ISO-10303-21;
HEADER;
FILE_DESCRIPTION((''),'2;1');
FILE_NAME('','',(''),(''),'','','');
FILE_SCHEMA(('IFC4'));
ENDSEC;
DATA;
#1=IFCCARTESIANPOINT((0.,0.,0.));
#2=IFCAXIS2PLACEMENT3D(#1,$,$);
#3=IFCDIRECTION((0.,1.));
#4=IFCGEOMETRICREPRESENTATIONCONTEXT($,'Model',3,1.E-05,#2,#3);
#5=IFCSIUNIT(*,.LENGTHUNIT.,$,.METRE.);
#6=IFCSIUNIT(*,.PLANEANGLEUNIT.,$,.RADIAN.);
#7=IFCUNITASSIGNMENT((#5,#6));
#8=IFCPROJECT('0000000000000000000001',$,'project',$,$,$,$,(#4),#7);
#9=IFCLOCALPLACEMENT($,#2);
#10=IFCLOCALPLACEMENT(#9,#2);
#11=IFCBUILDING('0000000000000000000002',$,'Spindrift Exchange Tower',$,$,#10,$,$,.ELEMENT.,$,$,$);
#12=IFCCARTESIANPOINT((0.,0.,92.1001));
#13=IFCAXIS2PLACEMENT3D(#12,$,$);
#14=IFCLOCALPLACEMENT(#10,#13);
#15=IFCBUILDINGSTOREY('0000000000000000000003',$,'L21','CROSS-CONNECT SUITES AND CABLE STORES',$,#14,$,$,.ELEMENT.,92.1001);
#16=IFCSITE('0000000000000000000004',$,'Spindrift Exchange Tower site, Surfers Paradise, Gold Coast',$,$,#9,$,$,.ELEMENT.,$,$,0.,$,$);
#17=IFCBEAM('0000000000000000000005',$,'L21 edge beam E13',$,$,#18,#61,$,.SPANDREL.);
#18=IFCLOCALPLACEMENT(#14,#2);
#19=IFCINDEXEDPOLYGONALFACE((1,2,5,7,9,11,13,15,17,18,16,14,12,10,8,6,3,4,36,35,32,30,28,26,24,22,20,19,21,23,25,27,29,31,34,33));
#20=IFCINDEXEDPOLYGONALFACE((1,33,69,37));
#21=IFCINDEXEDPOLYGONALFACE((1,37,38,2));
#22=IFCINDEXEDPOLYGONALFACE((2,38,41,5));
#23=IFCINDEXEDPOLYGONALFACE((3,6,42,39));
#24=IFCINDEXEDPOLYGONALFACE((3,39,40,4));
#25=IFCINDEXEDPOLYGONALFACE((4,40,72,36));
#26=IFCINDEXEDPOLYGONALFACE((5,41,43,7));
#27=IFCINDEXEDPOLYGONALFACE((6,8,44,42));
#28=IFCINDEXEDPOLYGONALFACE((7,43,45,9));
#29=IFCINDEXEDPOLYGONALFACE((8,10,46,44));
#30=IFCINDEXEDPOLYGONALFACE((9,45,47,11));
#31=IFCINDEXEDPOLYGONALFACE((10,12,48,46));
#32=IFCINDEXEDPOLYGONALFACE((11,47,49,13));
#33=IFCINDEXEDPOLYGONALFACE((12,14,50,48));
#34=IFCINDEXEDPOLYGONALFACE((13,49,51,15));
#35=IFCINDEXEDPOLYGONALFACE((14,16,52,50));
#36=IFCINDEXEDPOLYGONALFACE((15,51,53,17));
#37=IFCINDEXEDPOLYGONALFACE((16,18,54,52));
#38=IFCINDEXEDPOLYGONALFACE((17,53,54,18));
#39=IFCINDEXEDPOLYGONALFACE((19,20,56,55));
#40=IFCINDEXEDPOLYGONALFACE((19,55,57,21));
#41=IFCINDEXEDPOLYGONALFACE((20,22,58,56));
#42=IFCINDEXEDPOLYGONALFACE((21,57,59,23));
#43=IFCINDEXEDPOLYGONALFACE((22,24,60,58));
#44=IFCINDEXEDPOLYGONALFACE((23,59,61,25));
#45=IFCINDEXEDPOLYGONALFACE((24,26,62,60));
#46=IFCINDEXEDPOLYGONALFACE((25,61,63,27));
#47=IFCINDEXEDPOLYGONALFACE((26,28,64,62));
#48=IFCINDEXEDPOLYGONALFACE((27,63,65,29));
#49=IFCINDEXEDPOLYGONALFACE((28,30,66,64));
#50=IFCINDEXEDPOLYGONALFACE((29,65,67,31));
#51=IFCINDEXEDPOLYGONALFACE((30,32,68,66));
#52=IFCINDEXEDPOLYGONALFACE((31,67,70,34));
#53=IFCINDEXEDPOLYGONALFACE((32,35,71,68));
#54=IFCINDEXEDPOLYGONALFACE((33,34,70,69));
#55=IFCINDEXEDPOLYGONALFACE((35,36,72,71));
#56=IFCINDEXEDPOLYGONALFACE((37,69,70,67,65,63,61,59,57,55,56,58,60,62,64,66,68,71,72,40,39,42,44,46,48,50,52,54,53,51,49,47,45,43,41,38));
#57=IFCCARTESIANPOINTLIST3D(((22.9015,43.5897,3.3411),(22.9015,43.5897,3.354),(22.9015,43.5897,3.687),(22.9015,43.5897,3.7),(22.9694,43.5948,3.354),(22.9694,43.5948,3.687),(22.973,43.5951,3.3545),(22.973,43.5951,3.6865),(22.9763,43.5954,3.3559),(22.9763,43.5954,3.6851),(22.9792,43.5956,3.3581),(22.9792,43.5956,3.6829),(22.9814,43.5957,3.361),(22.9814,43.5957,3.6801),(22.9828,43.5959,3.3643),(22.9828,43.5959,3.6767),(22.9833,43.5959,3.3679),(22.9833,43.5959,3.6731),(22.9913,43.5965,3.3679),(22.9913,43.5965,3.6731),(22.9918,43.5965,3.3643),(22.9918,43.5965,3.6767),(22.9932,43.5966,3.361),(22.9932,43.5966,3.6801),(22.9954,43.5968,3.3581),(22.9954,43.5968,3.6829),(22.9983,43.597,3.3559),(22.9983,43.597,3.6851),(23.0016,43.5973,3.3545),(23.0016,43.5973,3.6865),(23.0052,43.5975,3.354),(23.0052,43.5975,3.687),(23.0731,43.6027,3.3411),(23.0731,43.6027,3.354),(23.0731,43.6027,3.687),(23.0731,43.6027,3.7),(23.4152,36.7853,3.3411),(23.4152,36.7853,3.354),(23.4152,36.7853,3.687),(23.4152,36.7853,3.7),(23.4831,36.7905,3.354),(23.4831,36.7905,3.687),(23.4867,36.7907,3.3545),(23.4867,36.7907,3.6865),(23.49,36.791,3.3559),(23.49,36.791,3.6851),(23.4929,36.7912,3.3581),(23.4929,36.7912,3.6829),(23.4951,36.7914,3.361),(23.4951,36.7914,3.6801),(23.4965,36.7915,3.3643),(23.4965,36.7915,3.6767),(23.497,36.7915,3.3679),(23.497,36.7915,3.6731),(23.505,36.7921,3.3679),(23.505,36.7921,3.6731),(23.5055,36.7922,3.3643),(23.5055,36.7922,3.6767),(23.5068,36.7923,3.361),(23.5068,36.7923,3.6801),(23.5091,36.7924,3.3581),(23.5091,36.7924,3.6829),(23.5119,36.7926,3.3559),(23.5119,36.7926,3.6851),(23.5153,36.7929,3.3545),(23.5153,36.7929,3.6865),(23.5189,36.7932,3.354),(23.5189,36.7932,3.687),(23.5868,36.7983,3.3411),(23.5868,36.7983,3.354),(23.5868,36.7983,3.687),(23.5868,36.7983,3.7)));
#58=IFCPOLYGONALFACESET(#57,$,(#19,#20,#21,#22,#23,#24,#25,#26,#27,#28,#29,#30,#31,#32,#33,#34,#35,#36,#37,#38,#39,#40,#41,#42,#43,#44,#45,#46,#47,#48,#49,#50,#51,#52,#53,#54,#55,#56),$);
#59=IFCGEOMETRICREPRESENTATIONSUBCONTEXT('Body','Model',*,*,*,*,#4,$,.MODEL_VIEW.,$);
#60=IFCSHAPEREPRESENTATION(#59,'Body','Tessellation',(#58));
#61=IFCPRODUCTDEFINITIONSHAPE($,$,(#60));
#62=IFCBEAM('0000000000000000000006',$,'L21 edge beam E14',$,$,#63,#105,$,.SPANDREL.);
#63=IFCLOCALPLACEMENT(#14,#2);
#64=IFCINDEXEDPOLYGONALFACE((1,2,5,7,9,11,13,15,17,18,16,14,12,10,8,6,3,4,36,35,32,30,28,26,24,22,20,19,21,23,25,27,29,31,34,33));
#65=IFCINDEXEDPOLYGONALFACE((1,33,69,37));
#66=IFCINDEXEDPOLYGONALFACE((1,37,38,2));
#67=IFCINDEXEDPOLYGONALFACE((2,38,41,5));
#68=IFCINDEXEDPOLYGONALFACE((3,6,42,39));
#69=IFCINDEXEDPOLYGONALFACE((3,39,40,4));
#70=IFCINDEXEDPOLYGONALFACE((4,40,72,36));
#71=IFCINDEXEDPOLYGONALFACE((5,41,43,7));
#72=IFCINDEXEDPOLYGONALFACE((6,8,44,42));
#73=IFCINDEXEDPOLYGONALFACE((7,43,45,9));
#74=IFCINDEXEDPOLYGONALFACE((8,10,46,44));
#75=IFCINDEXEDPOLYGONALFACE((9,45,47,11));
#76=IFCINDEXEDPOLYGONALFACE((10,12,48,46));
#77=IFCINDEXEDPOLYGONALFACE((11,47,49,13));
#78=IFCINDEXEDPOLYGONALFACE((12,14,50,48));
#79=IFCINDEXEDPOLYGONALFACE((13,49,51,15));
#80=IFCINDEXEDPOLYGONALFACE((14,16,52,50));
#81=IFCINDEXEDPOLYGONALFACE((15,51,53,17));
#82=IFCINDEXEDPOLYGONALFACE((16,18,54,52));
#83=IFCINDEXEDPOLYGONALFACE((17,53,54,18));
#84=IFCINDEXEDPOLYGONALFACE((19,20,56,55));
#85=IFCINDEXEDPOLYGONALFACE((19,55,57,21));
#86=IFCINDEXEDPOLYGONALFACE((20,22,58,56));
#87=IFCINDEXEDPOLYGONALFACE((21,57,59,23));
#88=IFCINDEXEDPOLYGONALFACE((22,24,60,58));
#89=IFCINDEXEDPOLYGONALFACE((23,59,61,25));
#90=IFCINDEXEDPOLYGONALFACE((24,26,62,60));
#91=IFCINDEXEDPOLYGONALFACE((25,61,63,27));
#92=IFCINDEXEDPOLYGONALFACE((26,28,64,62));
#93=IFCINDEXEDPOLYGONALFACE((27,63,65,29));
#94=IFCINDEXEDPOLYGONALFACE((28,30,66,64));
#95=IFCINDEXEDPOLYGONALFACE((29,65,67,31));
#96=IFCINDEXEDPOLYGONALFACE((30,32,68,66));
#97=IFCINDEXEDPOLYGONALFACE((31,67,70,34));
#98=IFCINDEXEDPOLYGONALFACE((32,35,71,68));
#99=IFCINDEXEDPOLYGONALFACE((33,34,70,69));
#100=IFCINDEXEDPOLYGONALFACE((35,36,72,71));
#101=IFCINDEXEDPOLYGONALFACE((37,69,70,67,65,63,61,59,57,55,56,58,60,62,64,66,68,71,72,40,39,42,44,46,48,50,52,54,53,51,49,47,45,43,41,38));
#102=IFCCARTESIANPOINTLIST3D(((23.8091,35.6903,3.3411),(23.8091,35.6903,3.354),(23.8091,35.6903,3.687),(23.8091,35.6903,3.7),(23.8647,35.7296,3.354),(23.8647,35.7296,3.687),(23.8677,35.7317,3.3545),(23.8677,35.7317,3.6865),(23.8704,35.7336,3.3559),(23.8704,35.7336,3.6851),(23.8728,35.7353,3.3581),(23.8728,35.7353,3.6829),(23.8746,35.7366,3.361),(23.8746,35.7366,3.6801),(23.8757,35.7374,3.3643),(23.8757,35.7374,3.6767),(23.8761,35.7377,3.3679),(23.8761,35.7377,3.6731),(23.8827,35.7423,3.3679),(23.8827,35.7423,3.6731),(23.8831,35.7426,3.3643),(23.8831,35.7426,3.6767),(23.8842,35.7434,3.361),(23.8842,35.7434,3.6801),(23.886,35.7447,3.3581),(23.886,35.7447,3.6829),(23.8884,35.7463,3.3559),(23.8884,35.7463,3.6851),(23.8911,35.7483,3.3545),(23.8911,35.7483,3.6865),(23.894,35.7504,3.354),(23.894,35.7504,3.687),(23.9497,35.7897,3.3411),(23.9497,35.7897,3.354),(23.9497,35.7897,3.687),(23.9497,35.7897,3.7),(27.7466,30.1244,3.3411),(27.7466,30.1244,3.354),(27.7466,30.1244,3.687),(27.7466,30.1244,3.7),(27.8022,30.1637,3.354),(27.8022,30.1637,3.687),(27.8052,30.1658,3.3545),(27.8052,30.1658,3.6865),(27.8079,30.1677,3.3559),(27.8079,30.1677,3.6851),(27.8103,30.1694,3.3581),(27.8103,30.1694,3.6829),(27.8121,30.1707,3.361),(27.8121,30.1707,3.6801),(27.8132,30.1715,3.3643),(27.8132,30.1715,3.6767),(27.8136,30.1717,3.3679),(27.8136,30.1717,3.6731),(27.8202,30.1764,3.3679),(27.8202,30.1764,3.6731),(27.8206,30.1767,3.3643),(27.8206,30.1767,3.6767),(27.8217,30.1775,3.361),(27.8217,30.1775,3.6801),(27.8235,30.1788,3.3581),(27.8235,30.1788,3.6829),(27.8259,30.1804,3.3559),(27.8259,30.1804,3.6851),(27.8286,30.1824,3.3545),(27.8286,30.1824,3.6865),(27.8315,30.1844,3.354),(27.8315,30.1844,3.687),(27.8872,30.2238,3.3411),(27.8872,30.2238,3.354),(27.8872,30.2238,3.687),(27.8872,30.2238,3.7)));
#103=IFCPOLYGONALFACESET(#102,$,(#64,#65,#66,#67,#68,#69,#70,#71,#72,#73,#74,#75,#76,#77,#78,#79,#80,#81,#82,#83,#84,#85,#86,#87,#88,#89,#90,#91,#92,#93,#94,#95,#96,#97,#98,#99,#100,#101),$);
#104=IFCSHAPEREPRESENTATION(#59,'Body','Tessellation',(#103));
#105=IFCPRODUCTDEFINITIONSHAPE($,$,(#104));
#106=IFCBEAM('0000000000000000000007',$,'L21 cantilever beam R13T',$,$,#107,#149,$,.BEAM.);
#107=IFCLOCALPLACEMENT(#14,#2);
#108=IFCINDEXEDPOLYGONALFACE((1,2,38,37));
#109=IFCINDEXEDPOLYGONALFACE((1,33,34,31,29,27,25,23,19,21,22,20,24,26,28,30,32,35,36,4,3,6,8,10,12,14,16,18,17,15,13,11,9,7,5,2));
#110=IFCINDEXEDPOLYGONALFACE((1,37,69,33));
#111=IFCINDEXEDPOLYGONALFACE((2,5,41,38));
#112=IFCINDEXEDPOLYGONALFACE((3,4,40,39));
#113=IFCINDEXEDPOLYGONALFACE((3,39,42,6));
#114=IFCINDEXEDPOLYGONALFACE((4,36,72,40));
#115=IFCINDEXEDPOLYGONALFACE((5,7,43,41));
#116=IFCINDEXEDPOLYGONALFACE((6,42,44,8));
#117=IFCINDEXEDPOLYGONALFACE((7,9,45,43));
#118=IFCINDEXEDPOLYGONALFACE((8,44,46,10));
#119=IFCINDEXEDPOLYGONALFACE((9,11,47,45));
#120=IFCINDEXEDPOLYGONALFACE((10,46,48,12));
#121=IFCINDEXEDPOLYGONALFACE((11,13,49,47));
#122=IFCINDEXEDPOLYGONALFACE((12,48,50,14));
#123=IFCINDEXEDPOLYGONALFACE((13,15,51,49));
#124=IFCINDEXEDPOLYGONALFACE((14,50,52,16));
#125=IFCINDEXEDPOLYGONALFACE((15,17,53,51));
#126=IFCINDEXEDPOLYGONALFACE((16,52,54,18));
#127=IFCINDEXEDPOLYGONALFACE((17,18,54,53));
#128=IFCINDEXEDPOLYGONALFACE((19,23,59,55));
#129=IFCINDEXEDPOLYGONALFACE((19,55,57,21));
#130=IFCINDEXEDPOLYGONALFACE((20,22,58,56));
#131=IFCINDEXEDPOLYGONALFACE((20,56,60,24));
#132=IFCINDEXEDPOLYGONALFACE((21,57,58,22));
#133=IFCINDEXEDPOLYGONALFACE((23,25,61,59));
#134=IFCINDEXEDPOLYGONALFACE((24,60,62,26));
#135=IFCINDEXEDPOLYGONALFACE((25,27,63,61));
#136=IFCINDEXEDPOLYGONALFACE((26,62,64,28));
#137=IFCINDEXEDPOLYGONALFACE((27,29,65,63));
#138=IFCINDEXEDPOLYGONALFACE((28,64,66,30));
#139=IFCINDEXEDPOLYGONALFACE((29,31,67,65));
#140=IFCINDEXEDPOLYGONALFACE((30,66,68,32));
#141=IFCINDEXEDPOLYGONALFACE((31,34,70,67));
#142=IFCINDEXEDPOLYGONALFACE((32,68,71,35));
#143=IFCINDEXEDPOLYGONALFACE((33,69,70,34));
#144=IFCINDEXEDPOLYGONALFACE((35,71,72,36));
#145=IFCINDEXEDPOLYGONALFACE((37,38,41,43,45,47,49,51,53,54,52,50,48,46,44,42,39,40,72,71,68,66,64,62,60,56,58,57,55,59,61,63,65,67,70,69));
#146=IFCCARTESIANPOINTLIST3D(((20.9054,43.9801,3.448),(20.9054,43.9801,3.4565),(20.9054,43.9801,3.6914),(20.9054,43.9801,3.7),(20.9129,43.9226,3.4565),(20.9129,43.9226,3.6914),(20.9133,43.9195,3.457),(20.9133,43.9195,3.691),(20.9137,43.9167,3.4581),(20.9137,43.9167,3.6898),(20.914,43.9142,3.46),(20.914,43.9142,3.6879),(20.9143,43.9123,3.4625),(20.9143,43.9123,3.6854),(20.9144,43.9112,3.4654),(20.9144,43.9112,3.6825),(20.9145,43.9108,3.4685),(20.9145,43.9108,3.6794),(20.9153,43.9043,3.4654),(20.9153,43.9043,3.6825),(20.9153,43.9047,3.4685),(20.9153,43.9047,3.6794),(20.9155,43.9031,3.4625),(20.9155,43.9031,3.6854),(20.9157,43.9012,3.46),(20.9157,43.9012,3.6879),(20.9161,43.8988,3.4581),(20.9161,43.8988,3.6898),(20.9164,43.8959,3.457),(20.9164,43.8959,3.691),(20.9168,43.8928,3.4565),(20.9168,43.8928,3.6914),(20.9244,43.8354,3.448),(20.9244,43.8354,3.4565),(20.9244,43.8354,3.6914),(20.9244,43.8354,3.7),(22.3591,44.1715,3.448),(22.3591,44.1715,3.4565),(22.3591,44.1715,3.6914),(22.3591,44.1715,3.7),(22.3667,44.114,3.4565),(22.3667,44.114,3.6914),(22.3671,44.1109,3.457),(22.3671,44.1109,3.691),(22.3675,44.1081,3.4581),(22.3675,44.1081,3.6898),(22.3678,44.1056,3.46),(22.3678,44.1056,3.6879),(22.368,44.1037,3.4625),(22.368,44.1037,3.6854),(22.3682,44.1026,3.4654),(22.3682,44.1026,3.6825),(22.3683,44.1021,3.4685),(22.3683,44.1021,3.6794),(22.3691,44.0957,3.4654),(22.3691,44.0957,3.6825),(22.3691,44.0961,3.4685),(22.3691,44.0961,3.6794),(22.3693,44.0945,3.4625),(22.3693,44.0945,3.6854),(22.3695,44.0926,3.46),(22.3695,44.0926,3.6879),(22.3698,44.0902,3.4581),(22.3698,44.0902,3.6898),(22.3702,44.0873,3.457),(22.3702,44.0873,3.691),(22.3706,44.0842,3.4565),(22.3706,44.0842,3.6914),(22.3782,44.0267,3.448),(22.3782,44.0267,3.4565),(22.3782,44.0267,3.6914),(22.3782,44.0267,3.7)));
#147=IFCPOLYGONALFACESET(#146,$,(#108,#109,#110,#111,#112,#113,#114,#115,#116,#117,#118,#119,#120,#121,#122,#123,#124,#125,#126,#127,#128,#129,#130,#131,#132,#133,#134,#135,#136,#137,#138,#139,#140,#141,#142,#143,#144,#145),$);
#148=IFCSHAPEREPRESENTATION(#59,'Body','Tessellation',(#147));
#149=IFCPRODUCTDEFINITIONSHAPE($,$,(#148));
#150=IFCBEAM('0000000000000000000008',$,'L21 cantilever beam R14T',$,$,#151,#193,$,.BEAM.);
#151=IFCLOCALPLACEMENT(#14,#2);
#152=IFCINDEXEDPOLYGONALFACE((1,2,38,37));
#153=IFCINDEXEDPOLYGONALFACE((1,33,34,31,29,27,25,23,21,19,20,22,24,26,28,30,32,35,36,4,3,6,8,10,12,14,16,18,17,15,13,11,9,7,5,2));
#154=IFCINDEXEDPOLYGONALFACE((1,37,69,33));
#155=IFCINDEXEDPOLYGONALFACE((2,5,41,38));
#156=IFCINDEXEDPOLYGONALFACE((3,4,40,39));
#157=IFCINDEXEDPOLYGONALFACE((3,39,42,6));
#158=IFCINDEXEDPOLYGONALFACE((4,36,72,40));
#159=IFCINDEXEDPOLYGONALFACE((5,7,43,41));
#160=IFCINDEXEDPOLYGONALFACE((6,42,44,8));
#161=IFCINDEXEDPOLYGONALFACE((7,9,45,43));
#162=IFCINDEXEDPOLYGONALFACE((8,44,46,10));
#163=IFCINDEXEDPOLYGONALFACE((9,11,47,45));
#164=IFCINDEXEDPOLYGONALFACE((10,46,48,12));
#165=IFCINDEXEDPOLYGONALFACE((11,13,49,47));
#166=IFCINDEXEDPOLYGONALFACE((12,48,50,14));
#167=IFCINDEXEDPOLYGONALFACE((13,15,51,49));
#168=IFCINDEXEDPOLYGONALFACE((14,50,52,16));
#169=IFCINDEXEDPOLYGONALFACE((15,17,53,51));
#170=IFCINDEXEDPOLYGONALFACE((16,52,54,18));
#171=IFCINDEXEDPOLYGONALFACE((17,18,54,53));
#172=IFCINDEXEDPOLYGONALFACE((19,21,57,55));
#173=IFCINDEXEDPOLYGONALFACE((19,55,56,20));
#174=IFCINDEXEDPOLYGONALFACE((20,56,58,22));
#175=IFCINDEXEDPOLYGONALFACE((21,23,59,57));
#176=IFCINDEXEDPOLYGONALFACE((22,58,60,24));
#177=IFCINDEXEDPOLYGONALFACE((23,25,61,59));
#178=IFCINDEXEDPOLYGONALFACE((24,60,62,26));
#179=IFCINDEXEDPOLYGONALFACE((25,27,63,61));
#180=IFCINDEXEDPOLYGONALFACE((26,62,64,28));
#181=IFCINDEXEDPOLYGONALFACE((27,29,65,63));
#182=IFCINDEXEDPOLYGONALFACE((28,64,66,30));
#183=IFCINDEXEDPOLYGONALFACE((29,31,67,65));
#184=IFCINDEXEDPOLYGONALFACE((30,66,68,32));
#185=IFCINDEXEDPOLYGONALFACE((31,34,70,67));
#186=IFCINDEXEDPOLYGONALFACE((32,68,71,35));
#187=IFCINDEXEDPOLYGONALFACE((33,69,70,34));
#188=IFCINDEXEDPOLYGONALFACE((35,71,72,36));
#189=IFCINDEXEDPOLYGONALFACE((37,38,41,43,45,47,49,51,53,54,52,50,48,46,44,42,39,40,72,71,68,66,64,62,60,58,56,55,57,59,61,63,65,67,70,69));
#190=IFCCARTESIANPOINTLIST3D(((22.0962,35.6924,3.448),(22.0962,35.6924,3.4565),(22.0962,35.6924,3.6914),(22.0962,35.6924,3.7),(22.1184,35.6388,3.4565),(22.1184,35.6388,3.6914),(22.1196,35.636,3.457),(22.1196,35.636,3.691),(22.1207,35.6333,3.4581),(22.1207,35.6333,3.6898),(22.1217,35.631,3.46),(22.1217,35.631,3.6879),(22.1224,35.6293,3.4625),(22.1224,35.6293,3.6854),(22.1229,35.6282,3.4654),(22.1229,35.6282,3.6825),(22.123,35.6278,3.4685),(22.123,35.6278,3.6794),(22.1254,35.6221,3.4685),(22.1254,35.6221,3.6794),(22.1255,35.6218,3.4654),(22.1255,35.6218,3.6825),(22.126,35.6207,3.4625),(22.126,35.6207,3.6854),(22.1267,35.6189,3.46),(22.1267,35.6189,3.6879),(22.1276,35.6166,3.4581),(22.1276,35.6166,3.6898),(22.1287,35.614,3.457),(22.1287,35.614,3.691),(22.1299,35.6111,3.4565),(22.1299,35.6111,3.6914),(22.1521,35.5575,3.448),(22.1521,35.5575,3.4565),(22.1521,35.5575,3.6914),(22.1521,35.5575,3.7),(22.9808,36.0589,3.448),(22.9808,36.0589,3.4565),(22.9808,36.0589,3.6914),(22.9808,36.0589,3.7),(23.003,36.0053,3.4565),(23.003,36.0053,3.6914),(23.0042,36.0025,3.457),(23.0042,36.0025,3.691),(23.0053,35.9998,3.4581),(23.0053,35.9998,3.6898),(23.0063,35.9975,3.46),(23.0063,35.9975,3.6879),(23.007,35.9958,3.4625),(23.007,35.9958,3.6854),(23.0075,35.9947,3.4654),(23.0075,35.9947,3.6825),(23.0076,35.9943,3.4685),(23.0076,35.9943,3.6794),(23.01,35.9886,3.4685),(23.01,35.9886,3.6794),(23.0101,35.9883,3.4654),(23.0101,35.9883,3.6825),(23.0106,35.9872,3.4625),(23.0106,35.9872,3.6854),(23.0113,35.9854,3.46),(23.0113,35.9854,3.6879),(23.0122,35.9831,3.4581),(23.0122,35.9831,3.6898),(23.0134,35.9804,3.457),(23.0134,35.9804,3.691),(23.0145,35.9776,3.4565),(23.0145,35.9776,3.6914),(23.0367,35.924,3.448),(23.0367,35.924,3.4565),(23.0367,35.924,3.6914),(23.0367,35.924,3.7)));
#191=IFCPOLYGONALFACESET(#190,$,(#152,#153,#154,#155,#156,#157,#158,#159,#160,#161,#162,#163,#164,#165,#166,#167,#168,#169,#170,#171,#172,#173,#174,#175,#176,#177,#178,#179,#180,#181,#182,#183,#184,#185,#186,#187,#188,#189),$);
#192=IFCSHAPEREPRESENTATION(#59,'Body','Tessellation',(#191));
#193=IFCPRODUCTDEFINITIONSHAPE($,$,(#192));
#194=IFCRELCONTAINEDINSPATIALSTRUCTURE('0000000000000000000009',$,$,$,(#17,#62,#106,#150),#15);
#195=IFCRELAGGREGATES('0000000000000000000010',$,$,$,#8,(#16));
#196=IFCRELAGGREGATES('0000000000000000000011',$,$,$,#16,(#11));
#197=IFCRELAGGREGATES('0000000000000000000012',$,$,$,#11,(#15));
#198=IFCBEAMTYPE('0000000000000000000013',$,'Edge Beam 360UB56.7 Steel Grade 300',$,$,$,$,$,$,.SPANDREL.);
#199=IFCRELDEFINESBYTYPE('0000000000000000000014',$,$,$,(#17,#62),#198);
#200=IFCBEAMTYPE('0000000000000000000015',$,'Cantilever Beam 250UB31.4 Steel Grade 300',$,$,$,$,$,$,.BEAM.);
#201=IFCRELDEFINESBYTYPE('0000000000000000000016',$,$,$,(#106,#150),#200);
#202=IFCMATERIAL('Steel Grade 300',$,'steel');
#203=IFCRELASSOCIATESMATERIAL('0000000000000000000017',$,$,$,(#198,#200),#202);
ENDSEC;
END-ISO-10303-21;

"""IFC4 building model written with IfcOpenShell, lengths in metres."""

from ifc_helpers import new_model, si_unit, direction, frame, origin, origin_2d, place, context, subcontext, project, spatial, i_section, extrude, source, transform, mapped, material, material_profile, profile_set, type_object, element, save


model = new_model("IFC4")

# Units and contexts
model_context = context("Model", 3, precision=1e-05, world=origin(), true_north=direction((0.0, 1.0)))
body_context = subcontext(model_context, "Body", "Model", "MODEL_VIEW")
ifc_project = project(units=[si_unit("LENGTHUNIT", "METRE"), si_unit("PLANEANGLEUNIT", "RADIAN")], contexts=[model_context])

# Site, building, storey
site_placement = place(None, origin())
site = spatial("IfcSite", under=ifc_project, at=site_placement, Name="Spindrift Exchange Tower site, Surfers Paradise, Gold Coast", CompositionType="ELEMENT", RefElevation=0.0)
building_placement = place(site_placement, origin())
building = spatial("IfcBuilding", under=site, at=building_placement, Name="Spindrift Exchange Tower", CompositionType="ELEMENT")
storey_placement = place(building_placement, frame((0.0, 0.0, 92.1001)))
storey = spatial("IfcBuildingStorey", under=building, at=storey_placement, Name="L21", Description="CROSS-CONNECT SUITES AND CABLE STORES", CompositionType="ELEMENT", Elevation=92.1001)

# Beams
ifc_material_1 = material(Name="Steel Grade 300", Category="steel")
ifc_material_profile_1 = material_profile(ifc_material_1, i_section(OverallWidth=0.1721, OverallDepth=0.3589, WebThickness=0.0081, FlangeThickness=0.0129, FilletRadius=0.0139, at=origin_2d()), Name="360UB56.7")
ifc_profile_set_1 = profile_set([ifc_material_profile_1], Name="Steel Grade 300")
beam_type_1 = type_object("IfcBeamType", Name="Edge Beam 360UB56.7 Steel Grade 300", PredefinedType="SPANDREL", material=ifc_profile_set_1)
shared_shape_1 = source(origin(), body_context, "Body", "SweptSolid", [
    extrude(i_section(OverallWidth=0.1721, OverallDepth=0.3589, WebThickness=0.0081, FlangeThickness=0.0129, FilletRadius=0.0139, at=origin_2d()), origin(), (0.0, 0.0, 1.0), 6.8237),
])
beam_1_placement = place(storey_placement, frame((22.9873, 43.5962, 3.5205), z_axis=(0.075276, -0.997163, 0.0), x_axis=(0.997163, 0.075276, 0.0)))
element("IfcBeam", 1, at=beam_1_placement, inside=storey, type_object=beam_type_1, Name="L21 edge beam E13", PredefinedType="SPANDREL", context=body_context, shape_type="MappedRepresentation", body=[
    mapped(shared_shape_1, transform((0.0, 0.0, 0.0), scale=1.0)),
])
shared_shape_2 = source(origin(), body_context, "Body", "SweptSolid", [
    extrude(i_section(OverallWidth=0.1721, OverallDepth=0.3589, WebThickness=0.0081, FlangeThickness=0.0129, FilletRadius=0.0139, at=origin_2d()), origin(), (0.0, 0.0, 1.0), 6.8179),
])
beam_2_placement = place(storey_placement, frame((23.8794, 35.74, 3.5205), z_axis=(0.577526, -0.816372, 0.0), x_axis=(0.816372, 0.577526, 0.0)))
element("IfcBeam", 2, at=beam_2_placement, inside=storey, type_object=beam_type_1, Name="L21 edge beam E14", PredefinedType="SPANDREL", context=body_context, shape_type="MappedRepresentation", body=[
    mapped(shared_shape_2, transform((0.0, 0.0, 0.0), scale=1.0)),
])
ifc_material_profile_2 = material_profile(ifc_material_1, i_section(OverallWidth=0.146, OverallDepth=0.252, WebThickness=0.0061, FlangeThickness=0.0085, FilletRadius=0.012, at=origin_2d()), Name="250UB31.4")
ifc_profile_set_2 = profile_set([ifc_material_profile_2], Name="Steel Grade 300")
beam_type_2 = type_object("IfcBeamType", Name="Cantilever Beam 250UB31.4 Steel Grade 300", PredefinedType="BEAM", material=ifc_profile_set_2)
shared_shape_3 = source(origin(), body_context, "Body", "SweptSolid", [
    extrude(i_section(OverallWidth=0.146, OverallDepth=0.252, WebThickness=0.0061, FlangeThickness=0.0085, FilletRadius=0.012, at=origin_2d()), origin(), (0.0, 0.0, 1.0), 1.4663),
])
beam_3_placement = place(storey_placement, frame((22.3687, 44.0991, 3.574), z_axis=(-0.991445, -0.130528, 0.0), x_axis=(0.130528, -0.991445, 0.0)))
element("IfcBeam", 3, at=beam_3_placement, inside=storey, type_object=beam_type_2, Name="L21 cantilever beam R13T", PredefinedType="BEAM", context=body_context, shape_type="MappedRepresentation", body=[
    mapped(shared_shape_3, transform((0.0, 0.0, 0.0), scale=1.0)),
])
shared_shape_4 = source(origin(), body_context, "Body", "SweptSolid", [
    extrude(i_section(OverallWidth=0.146, OverallDepth=0.252, WebThickness=0.0061, FlangeThickness=0.0085, FilletRadius=0.012, at=origin_2d()), origin(), (0.0, 0.0, 1.0), 0.9575),
])
beam_4_placement = place(storey_placement, frame((23.0088, 35.9915, 3.574), z_axis=(-0.923852, -0.38275, 0.0), x_axis=(0.38275, -0.923852, 0.0)))
element("IfcBeam", 4, at=beam_4_placement, inside=storey, type_object=beam_type_2, Name="L21 cantilever beam R14T", PredefinedType="BEAM", context=body_context, shape_type="MappedRepresentation", body=[
    mapped(shared_shape_4, transform((0.0, 0.0, 0.0), scale=1.0)),
])

save(model, "model.ifc")
